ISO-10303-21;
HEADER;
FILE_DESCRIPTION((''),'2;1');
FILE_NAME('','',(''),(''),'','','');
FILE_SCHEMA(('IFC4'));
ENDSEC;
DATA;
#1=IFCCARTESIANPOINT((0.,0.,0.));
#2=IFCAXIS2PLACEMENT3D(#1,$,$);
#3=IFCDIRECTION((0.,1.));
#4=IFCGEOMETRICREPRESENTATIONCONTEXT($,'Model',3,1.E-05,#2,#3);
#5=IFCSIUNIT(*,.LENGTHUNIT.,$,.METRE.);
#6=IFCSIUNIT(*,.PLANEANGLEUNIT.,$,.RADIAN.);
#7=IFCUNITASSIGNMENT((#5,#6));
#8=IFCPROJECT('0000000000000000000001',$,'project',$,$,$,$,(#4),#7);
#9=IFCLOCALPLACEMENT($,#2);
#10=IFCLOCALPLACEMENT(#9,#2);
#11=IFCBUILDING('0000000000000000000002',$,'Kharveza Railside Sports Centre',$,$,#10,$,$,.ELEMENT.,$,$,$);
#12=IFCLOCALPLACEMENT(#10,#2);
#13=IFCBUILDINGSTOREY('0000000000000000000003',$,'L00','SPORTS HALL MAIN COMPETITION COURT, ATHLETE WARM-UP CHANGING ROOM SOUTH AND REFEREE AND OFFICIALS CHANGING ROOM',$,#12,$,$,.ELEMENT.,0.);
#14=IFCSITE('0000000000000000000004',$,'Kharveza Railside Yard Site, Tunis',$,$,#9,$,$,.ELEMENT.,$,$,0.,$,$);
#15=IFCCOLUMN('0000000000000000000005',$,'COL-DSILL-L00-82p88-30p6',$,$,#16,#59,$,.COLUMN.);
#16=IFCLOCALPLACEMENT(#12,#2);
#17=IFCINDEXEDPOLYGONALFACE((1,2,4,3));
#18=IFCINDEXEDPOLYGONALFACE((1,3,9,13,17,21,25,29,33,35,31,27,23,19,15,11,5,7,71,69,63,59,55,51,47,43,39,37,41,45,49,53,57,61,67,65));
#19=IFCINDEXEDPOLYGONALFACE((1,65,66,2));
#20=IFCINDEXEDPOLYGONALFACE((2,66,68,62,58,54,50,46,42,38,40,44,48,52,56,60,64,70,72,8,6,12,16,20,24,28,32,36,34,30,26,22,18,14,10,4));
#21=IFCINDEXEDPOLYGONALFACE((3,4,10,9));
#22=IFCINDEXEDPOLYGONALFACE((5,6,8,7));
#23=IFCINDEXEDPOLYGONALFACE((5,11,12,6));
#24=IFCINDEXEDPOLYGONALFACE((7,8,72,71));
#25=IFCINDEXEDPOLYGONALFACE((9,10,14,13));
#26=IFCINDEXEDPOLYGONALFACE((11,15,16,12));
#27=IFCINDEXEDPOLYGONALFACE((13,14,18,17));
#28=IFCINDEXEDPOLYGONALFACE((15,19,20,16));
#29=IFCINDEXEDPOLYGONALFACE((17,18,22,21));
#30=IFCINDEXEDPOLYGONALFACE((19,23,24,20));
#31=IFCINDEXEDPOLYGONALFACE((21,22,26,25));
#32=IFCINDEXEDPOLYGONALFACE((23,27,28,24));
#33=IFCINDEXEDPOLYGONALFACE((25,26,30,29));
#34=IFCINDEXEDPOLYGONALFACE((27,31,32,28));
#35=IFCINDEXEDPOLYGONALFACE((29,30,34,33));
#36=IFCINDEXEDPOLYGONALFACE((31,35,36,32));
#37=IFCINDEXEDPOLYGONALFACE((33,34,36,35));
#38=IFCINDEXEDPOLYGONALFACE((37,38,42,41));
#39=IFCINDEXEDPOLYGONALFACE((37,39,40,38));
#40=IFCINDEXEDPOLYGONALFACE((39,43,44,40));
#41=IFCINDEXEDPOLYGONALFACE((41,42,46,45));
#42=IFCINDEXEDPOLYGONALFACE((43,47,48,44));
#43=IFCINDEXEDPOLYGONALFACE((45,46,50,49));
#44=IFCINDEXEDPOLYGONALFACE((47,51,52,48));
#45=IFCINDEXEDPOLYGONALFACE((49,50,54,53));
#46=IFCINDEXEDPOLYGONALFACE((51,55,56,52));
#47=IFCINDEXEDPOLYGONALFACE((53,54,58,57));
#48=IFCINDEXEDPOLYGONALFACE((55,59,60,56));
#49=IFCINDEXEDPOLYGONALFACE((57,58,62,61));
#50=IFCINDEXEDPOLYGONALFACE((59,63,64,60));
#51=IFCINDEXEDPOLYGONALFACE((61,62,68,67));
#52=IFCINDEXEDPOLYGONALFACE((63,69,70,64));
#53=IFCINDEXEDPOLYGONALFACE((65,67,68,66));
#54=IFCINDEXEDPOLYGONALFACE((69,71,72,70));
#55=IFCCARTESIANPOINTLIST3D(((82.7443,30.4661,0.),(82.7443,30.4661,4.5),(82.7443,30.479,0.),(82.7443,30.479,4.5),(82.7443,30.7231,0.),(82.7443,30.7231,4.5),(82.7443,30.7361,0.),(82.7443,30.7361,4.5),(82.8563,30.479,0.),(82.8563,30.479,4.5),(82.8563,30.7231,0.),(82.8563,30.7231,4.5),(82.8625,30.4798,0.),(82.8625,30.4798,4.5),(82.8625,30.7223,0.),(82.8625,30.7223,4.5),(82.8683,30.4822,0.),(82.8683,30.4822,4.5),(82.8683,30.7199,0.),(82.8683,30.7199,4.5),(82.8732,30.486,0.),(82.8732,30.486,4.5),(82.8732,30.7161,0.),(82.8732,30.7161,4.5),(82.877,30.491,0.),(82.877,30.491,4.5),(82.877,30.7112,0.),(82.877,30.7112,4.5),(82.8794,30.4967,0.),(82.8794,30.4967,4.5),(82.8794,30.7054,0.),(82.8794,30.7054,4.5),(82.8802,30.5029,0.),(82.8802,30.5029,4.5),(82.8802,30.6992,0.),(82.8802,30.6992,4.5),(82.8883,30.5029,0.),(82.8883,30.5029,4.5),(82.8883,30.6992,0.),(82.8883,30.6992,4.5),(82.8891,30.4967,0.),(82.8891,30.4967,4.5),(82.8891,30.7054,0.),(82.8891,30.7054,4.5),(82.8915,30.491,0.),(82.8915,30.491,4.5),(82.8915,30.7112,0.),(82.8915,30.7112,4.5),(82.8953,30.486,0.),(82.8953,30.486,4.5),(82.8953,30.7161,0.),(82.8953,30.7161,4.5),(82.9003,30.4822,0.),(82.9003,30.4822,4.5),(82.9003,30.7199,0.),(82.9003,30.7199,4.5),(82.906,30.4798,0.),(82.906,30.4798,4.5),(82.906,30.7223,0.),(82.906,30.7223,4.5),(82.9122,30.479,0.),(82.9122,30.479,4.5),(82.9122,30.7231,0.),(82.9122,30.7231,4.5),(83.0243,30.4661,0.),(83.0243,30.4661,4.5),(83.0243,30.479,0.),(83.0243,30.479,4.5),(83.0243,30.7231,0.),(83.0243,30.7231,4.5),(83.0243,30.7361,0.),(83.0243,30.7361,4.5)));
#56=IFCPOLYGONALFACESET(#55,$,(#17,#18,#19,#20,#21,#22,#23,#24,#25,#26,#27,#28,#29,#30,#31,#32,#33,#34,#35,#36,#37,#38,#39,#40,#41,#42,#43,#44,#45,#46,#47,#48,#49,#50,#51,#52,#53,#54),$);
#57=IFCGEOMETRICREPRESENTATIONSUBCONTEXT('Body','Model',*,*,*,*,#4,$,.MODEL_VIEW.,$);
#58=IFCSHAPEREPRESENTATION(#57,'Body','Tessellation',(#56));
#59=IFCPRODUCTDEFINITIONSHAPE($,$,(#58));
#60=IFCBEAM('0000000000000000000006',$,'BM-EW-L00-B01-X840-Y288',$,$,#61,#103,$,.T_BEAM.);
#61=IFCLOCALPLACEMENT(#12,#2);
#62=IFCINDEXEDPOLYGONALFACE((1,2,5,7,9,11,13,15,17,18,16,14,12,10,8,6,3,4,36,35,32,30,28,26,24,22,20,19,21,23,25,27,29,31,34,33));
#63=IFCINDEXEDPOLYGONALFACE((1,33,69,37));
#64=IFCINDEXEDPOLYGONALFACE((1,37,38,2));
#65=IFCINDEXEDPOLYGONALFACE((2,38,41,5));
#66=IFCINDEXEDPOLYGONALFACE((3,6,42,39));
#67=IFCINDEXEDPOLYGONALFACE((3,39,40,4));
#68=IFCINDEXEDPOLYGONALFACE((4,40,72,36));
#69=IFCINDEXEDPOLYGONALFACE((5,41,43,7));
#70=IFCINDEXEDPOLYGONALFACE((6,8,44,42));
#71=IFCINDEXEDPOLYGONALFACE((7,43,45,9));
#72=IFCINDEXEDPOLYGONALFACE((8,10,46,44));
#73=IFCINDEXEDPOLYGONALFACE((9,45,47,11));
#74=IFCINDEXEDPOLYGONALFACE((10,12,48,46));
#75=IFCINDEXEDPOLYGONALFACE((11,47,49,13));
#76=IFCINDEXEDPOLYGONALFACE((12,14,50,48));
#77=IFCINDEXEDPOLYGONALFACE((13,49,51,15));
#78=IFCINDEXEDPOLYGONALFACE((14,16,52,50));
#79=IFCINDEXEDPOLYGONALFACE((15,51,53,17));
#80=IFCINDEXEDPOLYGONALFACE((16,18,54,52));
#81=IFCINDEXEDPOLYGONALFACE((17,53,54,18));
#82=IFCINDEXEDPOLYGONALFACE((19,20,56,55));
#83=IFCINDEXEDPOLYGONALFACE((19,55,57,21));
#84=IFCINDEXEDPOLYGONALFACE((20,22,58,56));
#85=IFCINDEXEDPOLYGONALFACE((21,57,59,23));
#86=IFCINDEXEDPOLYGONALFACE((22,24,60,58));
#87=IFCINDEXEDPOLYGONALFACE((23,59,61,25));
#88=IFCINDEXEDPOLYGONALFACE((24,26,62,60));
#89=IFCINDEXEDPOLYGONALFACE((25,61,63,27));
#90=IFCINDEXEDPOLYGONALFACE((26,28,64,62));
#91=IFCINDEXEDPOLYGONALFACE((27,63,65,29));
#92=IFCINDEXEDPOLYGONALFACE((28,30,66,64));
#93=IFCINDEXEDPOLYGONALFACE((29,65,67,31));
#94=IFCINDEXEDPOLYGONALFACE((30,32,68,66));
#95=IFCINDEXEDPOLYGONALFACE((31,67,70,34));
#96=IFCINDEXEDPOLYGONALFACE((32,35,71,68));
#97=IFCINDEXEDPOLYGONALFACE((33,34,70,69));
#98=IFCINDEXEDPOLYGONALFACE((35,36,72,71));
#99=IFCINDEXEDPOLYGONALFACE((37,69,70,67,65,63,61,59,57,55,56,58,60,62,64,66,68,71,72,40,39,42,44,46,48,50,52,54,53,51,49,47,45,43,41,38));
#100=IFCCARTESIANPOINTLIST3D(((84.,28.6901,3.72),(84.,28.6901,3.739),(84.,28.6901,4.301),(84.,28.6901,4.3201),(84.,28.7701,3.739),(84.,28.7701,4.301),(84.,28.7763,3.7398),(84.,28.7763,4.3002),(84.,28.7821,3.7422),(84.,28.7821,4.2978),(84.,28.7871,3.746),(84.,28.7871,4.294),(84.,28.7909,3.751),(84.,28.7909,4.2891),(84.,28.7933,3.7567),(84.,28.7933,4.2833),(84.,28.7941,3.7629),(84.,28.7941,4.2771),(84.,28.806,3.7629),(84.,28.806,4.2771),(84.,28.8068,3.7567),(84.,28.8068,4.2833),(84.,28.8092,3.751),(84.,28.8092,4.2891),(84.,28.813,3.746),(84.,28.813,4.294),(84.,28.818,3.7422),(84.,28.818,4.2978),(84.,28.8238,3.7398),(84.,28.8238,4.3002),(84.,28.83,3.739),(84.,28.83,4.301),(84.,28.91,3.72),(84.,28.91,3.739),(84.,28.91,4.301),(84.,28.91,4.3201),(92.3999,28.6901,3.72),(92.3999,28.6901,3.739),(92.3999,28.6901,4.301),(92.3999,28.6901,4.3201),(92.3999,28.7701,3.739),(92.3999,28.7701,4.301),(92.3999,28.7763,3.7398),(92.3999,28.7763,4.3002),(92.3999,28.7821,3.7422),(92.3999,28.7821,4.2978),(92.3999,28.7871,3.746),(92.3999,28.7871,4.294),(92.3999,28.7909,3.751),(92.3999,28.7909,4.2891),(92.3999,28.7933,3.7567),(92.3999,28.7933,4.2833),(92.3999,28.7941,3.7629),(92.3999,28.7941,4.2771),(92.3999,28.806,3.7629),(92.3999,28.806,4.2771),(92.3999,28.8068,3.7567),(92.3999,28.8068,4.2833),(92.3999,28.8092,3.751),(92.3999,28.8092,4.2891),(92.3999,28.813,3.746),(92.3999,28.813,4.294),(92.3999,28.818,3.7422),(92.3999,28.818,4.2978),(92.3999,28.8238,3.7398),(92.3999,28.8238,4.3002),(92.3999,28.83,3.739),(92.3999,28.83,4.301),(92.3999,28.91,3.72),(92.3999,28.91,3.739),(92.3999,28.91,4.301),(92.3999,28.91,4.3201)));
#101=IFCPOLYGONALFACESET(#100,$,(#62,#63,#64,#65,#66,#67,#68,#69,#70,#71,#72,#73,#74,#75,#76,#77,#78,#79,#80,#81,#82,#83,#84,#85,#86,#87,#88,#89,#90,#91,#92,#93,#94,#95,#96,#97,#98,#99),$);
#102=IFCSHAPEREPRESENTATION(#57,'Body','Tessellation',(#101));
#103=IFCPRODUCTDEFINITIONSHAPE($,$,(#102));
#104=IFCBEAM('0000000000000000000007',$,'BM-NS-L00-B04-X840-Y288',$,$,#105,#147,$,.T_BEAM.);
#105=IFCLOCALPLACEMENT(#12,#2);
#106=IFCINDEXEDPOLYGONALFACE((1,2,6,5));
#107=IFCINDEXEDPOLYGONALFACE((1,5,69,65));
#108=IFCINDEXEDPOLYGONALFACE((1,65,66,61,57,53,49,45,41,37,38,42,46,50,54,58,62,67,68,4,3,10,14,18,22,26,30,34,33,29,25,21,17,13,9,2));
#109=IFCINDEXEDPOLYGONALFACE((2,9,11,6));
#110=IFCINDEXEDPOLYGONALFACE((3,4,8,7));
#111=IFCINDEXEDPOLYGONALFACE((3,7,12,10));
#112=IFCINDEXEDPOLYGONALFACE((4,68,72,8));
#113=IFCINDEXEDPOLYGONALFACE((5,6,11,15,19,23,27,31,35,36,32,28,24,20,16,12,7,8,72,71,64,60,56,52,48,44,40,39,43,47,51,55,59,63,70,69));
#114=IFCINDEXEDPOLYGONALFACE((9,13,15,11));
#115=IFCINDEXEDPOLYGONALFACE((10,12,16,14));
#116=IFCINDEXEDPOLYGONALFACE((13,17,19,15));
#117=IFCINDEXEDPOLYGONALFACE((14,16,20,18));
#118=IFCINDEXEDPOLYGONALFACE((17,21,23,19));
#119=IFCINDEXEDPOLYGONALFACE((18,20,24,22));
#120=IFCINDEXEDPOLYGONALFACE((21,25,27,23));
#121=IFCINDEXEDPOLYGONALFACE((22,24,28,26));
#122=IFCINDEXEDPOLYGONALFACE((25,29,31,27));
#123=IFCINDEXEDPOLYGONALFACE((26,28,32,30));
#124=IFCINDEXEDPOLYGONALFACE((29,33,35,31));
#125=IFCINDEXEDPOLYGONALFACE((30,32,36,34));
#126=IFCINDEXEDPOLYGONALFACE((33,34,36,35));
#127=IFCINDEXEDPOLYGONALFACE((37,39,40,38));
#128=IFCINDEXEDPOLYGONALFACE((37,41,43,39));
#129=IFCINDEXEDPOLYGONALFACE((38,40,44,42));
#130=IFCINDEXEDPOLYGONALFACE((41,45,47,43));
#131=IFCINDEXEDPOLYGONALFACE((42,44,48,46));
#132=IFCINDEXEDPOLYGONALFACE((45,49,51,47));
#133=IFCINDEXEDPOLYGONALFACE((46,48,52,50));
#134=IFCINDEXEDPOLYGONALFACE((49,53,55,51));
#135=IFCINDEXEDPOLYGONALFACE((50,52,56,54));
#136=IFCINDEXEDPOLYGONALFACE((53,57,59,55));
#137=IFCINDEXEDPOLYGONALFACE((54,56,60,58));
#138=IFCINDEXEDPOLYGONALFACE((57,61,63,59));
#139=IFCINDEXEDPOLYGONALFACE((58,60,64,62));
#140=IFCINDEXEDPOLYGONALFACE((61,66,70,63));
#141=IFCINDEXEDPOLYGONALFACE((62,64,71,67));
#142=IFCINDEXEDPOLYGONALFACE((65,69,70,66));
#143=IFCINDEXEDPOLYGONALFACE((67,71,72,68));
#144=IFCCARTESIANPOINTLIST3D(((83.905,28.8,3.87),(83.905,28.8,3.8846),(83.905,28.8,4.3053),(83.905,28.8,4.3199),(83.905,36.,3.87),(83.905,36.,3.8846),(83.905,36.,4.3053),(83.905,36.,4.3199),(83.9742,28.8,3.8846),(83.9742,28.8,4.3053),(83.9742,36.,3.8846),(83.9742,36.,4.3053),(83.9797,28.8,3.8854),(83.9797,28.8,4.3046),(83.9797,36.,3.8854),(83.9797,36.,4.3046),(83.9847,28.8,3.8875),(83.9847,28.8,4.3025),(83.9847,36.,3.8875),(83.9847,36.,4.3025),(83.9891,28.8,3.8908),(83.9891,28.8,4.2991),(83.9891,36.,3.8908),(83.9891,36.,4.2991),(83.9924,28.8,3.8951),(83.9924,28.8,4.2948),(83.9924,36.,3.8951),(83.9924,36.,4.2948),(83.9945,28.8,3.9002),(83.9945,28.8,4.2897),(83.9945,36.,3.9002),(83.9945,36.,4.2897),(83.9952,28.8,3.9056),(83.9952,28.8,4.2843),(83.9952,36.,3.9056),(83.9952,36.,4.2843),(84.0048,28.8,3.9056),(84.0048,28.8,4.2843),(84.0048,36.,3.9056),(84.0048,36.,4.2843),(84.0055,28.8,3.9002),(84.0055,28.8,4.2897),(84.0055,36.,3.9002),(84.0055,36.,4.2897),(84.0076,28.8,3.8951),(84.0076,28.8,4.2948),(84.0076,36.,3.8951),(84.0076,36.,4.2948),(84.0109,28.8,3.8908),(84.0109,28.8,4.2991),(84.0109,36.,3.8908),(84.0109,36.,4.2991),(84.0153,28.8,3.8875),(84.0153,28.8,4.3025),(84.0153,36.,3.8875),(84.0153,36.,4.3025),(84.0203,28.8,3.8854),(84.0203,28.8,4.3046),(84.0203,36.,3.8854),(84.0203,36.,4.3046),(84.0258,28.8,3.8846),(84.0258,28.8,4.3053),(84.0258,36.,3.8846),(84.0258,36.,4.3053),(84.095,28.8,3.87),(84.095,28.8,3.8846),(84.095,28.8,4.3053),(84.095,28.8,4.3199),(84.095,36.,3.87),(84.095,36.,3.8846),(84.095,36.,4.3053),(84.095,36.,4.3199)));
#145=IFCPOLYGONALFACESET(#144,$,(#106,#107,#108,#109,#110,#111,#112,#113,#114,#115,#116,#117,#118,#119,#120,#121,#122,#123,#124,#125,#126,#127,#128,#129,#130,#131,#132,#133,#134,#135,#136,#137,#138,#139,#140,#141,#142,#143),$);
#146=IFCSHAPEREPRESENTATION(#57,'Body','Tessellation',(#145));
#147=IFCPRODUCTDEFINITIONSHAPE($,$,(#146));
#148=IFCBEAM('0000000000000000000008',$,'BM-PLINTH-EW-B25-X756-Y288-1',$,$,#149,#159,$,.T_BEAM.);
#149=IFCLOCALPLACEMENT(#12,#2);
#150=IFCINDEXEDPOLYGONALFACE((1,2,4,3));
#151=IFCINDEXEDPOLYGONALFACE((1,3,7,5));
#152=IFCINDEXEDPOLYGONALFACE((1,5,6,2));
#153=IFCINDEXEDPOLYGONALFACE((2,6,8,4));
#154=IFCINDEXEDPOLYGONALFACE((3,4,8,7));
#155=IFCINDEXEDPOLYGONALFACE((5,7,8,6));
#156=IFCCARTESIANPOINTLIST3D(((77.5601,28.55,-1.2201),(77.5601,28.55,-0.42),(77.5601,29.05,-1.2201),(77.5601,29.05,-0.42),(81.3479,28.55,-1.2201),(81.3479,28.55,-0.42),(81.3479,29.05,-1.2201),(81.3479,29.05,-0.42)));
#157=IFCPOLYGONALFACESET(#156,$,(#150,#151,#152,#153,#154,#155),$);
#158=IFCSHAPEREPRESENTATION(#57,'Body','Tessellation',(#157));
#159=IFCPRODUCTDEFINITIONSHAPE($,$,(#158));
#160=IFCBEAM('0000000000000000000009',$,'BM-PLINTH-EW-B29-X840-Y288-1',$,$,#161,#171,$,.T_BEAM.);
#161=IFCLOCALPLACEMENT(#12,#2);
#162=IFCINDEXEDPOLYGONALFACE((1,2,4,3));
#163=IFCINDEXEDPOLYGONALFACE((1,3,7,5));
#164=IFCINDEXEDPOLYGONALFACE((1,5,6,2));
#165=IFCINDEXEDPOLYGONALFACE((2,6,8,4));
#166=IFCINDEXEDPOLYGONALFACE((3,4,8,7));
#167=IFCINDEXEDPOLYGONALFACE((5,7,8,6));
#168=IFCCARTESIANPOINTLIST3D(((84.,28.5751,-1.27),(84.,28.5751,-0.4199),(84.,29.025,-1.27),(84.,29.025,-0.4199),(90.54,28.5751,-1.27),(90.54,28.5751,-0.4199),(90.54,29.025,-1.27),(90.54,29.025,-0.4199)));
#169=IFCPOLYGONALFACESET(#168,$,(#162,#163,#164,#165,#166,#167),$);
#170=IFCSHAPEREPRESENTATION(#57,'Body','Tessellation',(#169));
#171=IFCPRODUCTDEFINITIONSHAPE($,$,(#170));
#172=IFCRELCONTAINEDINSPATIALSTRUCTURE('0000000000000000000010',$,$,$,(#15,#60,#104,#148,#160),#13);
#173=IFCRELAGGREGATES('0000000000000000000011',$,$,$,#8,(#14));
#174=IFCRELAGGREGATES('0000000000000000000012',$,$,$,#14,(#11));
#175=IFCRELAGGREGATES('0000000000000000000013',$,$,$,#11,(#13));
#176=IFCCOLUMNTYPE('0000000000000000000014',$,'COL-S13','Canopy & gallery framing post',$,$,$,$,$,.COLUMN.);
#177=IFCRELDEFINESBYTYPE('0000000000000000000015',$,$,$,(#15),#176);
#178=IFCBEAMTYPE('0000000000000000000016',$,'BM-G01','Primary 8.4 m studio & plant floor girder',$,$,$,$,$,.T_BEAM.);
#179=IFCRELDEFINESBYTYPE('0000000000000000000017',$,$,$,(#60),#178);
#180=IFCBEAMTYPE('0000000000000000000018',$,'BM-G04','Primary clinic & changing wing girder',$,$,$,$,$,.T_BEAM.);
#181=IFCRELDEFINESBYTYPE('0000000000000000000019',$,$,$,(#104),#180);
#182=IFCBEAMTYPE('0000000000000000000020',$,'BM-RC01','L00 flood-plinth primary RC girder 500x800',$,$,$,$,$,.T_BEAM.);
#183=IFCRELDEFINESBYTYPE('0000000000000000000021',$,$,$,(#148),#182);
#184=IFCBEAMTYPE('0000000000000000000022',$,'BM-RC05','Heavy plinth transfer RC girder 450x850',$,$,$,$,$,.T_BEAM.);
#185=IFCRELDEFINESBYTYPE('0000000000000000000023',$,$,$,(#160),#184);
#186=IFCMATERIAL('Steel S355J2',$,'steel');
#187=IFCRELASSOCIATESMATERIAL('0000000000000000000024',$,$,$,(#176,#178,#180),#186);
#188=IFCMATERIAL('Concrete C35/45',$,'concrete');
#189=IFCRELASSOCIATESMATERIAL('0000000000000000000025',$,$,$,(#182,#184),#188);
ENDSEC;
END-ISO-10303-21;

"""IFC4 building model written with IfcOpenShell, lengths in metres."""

from ifc_helpers import new_model, si_unit, direction, frame, origin, origin_2d, place, context, subcontext, project, spatial, rectangle, i_section, extrude, material, material_profile, profile_set, type_object, element, save


model = new_model("IFC4")

# Units and contexts
model_context = context("Model", 3, precision=1e-05, world=origin(), true_north=direction((0.0, 1.0)))
body_context = subcontext(model_context, "Body", "Model", "MODEL_VIEW")
ifc_project = project(units=[si_unit("LENGTHUNIT", "METRE"), si_unit("PLANEANGLEUNIT", "RADIAN")], contexts=[model_context])

# Site, building, storey
site_placement = place(None, origin())
site = spatial("IfcSite", under=ifc_project, at=site_placement, Name="Kharveza Railside Yard Site, Tunis", CompositionType="ELEMENT", RefElevation=0.0)
building_placement = place(site_placement, origin())
building = spatial("IfcBuilding", under=site, at=building_placement, Name="Kharveza Railside Sports Centre", CompositionType="ELEMENT")
storey_placement = place(building_placement, origin())
storey = spatial("IfcBuildingStorey", under=building, at=storey_placement, Name="L00", Description="SPORTS HALL MAIN COMPETITION COURT, ATHLETE WARM-UP CHANGING ROOM SOUTH AND REFEREE AND OFFICIALS CHANGING ROOM", CompositionType="ELEMENT", Elevation=0.0)

# Shared definitions
ifc_material_1 = material(Name="Concrete C35/45", Category="concrete")

# Column
ifc_material_2 = material(Name="Steel S355J2", Category="steel")
ifc_material_profile_1 = material_profile(ifc_material_2, i_section(OverallWidth=0.28, OverallDepth=0.27, WebThickness=0.0081, FlangeThickness=0.0129, FilletRadius=0.0239, at=origin_2d()), Name="HEA 280")
ifc_profile_set_1 = profile_set([ifc_material_profile_1], Name="Steel S355J2")
column_type_1 = type_object("IfcColumnType", Name="COL-S13", Description="Canopy & gallery framing post", PredefinedType="COLUMN", material=ifc_profile_set_1)
column_1_placement = place(storey_placement, frame((82.8843, 30.6011, 0.0), z_axis=(0.0, 0.0, 1.0), x_axis=(1.0, 0.0, 0.0)))
element("IfcColumn", 1, at=column_1_placement, inside=storey, type_object=column_type_1, Name="COL-DSILL-L00-82p88-30p6", PredefinedType="COLUMN", context=body_context, shape_type="SweptSolid", body=[
    extrude(i_section(OverallWidth=0.28, OverallDepth=0.27, WebThickness=0.0081, FlangeThickness=0.0129, FilletRadius=0.0239, at=origin_2d()), origin(), (0.0, 0.0, 1.0), 4.5),
])

# Beams
ifc_material_profile_2 = material_profile(ifc_material_2, i_section(OverallWidth=0.22, OverallDepth=0.6001, WebThickness=0.012, FlangeThickness=0.019, FilletRadius=0.0239, at=origin_2d()), Name="IPE 600")
ifc_profile_set_2 = profile_set([ifc_material_profile_2], Name="Steel S355J2")
beam_type_1 = type_object("IfcBeamType", Name="BM-G01", Description="Primary 8.4 m studio & plant floor girder", PredefinedType="T_BEAM", material=ifc_profile_set_2)
beam_1_placement = place(storey_placement, frame((84.0, 28.8, 4.02), z_axis=(1.0, 0.0, 0.0), x_axis=(0.0, 1.0, 0.0)))
element("IfcBeam", 2, at=beam_1_placement, inside=storey, type_object=beam_type_1, Name="BM-EW-L00-B01-X840-Y288", PredefinedType="T_BEAM", context=body_context, shape_type="SweptSolid", body=[
    extrude(i_section(OverallWidth=0.22, OverallDepth=0.6001, WebThickness=0.012, FlangeThickness=0.019, FilletRadius=0.0239, at=origin_2d()), origin(), (0.0, 0.0, 1.0), 8.3999),
])
ifc_material_profile_3 = material_profile(ifc_material_2, i_section(OverallWidth=0.1899, OverallDepth=0.45, WebThickness=0.0095, FlangeThickness=0.0146, FilletRadius=0.021, at=origin_2d()), Name="IPE 450")
ifc_profile_set_3 = profile_set([ifc_material_profile_3], Name="Steel S355J2")
beam_type_2 = type_object("IfcBeamType", Name="BM-G04", Description="Primary clinic & changing wing girder", PredefinedType="T_BEAM", material=ifc_profile_set_3)
beam_2_placement = place(storey_placement, frame((84.0, 28.8, 4.095), z_axis=(0.0, 1.0, 0.0), x_axis=(-1.0, 0.0, 0.0)))
element("IfcBeam", 3, at=beam_2_placement, inside=storey, type_object=beam_type_2, Name="BM-NS-L00-B04-X840-Y288", PredefinedType="T_BEAM", context=body_context, shape_type="SweptSolid", body=[
    extrude(i_section(OverallWidth=0.1899, OverallDepth=0.45, WebThickness=0.0095, FlangeThickness=0.0146, FilletRadius=0.021, at=origin_2d()), origin(), (0.0, 0.0, 1.0), 7.2),
])
ifc_material_profile_4 = material_profile(ifc_material_1, rectangle(XDim=0.5, YDim=0.8, at=origin_2d()), Name="RCB 500x800")
ifc_profile_set_4 = profile_set([ifc_material_profile_4], Name="Concrete C35/45")
beam_type_3 = type_object("IfcBeamType", Name="BM-RC01", Description="L00 flood-plinth primary RC girder 500x800", PredefinedType="T_BEAM", material=ifc_profile_set_4)
beam_3_placement = place(storey_placement, frame((77.5601, 28.8, -0.8201), z_axis=(1.0, 0.0, 0.0), x_axis=(0.0, 1.0, 0.0)))
element("IfcBeam", 4, at=beam_3_placement, inside=storey, type_object=beam_type_3, Name="BM-PLINTH-EW-B25-X756-Y288-1", PredefinedType="T_BEAM", context=body_context, shape_type="SweptSolid", body=[
    extrude(rectangle(XDim=0.5, YDim=0.8, at=origin_2d()), origin(), (0.0, 0.0, 1.0), 3.7878),
])
ifc_material_profile_5 = material_profile(ifc_material_1, rectangle(XDim=0.45, YDim=0.8501, at=origin_2d()), Name="RCB 450x850")
ifc_profile_set_5 = profile_set([ifc_material_profile_5], Name="Concrete C35/45")
beam_type_4 = type_object("IfcBeamType", Name="BM-RC05", Description="Heavy plinth transfer RC girder 450x850", PredefinedType="T_BEAM", material=ifc_profile_set_5)
beam_4_placement = place(storey_placement, frame((84.0, 28.8, -0.845), z_axis=(1.0, 0.0, 0.0), x_axis=(0.0, 1.0, 0.0)))
element("IfcBeam", 5, at=beam_4_placement, inside=storey, type_object=beam_type_4, Name="BM-PLINTH-EW-B29-X840-Y288-1", PredefinedType="T_BEAM", context=body_context, shape_type="SweptSolid", body=[
    extrude(rectangle(XDim=0.45, YDim=0.8501, at=origin_2d()), origin(), (0.0, 0.0, 1.0), 6.54),
])

save(model, "model.ifc")
